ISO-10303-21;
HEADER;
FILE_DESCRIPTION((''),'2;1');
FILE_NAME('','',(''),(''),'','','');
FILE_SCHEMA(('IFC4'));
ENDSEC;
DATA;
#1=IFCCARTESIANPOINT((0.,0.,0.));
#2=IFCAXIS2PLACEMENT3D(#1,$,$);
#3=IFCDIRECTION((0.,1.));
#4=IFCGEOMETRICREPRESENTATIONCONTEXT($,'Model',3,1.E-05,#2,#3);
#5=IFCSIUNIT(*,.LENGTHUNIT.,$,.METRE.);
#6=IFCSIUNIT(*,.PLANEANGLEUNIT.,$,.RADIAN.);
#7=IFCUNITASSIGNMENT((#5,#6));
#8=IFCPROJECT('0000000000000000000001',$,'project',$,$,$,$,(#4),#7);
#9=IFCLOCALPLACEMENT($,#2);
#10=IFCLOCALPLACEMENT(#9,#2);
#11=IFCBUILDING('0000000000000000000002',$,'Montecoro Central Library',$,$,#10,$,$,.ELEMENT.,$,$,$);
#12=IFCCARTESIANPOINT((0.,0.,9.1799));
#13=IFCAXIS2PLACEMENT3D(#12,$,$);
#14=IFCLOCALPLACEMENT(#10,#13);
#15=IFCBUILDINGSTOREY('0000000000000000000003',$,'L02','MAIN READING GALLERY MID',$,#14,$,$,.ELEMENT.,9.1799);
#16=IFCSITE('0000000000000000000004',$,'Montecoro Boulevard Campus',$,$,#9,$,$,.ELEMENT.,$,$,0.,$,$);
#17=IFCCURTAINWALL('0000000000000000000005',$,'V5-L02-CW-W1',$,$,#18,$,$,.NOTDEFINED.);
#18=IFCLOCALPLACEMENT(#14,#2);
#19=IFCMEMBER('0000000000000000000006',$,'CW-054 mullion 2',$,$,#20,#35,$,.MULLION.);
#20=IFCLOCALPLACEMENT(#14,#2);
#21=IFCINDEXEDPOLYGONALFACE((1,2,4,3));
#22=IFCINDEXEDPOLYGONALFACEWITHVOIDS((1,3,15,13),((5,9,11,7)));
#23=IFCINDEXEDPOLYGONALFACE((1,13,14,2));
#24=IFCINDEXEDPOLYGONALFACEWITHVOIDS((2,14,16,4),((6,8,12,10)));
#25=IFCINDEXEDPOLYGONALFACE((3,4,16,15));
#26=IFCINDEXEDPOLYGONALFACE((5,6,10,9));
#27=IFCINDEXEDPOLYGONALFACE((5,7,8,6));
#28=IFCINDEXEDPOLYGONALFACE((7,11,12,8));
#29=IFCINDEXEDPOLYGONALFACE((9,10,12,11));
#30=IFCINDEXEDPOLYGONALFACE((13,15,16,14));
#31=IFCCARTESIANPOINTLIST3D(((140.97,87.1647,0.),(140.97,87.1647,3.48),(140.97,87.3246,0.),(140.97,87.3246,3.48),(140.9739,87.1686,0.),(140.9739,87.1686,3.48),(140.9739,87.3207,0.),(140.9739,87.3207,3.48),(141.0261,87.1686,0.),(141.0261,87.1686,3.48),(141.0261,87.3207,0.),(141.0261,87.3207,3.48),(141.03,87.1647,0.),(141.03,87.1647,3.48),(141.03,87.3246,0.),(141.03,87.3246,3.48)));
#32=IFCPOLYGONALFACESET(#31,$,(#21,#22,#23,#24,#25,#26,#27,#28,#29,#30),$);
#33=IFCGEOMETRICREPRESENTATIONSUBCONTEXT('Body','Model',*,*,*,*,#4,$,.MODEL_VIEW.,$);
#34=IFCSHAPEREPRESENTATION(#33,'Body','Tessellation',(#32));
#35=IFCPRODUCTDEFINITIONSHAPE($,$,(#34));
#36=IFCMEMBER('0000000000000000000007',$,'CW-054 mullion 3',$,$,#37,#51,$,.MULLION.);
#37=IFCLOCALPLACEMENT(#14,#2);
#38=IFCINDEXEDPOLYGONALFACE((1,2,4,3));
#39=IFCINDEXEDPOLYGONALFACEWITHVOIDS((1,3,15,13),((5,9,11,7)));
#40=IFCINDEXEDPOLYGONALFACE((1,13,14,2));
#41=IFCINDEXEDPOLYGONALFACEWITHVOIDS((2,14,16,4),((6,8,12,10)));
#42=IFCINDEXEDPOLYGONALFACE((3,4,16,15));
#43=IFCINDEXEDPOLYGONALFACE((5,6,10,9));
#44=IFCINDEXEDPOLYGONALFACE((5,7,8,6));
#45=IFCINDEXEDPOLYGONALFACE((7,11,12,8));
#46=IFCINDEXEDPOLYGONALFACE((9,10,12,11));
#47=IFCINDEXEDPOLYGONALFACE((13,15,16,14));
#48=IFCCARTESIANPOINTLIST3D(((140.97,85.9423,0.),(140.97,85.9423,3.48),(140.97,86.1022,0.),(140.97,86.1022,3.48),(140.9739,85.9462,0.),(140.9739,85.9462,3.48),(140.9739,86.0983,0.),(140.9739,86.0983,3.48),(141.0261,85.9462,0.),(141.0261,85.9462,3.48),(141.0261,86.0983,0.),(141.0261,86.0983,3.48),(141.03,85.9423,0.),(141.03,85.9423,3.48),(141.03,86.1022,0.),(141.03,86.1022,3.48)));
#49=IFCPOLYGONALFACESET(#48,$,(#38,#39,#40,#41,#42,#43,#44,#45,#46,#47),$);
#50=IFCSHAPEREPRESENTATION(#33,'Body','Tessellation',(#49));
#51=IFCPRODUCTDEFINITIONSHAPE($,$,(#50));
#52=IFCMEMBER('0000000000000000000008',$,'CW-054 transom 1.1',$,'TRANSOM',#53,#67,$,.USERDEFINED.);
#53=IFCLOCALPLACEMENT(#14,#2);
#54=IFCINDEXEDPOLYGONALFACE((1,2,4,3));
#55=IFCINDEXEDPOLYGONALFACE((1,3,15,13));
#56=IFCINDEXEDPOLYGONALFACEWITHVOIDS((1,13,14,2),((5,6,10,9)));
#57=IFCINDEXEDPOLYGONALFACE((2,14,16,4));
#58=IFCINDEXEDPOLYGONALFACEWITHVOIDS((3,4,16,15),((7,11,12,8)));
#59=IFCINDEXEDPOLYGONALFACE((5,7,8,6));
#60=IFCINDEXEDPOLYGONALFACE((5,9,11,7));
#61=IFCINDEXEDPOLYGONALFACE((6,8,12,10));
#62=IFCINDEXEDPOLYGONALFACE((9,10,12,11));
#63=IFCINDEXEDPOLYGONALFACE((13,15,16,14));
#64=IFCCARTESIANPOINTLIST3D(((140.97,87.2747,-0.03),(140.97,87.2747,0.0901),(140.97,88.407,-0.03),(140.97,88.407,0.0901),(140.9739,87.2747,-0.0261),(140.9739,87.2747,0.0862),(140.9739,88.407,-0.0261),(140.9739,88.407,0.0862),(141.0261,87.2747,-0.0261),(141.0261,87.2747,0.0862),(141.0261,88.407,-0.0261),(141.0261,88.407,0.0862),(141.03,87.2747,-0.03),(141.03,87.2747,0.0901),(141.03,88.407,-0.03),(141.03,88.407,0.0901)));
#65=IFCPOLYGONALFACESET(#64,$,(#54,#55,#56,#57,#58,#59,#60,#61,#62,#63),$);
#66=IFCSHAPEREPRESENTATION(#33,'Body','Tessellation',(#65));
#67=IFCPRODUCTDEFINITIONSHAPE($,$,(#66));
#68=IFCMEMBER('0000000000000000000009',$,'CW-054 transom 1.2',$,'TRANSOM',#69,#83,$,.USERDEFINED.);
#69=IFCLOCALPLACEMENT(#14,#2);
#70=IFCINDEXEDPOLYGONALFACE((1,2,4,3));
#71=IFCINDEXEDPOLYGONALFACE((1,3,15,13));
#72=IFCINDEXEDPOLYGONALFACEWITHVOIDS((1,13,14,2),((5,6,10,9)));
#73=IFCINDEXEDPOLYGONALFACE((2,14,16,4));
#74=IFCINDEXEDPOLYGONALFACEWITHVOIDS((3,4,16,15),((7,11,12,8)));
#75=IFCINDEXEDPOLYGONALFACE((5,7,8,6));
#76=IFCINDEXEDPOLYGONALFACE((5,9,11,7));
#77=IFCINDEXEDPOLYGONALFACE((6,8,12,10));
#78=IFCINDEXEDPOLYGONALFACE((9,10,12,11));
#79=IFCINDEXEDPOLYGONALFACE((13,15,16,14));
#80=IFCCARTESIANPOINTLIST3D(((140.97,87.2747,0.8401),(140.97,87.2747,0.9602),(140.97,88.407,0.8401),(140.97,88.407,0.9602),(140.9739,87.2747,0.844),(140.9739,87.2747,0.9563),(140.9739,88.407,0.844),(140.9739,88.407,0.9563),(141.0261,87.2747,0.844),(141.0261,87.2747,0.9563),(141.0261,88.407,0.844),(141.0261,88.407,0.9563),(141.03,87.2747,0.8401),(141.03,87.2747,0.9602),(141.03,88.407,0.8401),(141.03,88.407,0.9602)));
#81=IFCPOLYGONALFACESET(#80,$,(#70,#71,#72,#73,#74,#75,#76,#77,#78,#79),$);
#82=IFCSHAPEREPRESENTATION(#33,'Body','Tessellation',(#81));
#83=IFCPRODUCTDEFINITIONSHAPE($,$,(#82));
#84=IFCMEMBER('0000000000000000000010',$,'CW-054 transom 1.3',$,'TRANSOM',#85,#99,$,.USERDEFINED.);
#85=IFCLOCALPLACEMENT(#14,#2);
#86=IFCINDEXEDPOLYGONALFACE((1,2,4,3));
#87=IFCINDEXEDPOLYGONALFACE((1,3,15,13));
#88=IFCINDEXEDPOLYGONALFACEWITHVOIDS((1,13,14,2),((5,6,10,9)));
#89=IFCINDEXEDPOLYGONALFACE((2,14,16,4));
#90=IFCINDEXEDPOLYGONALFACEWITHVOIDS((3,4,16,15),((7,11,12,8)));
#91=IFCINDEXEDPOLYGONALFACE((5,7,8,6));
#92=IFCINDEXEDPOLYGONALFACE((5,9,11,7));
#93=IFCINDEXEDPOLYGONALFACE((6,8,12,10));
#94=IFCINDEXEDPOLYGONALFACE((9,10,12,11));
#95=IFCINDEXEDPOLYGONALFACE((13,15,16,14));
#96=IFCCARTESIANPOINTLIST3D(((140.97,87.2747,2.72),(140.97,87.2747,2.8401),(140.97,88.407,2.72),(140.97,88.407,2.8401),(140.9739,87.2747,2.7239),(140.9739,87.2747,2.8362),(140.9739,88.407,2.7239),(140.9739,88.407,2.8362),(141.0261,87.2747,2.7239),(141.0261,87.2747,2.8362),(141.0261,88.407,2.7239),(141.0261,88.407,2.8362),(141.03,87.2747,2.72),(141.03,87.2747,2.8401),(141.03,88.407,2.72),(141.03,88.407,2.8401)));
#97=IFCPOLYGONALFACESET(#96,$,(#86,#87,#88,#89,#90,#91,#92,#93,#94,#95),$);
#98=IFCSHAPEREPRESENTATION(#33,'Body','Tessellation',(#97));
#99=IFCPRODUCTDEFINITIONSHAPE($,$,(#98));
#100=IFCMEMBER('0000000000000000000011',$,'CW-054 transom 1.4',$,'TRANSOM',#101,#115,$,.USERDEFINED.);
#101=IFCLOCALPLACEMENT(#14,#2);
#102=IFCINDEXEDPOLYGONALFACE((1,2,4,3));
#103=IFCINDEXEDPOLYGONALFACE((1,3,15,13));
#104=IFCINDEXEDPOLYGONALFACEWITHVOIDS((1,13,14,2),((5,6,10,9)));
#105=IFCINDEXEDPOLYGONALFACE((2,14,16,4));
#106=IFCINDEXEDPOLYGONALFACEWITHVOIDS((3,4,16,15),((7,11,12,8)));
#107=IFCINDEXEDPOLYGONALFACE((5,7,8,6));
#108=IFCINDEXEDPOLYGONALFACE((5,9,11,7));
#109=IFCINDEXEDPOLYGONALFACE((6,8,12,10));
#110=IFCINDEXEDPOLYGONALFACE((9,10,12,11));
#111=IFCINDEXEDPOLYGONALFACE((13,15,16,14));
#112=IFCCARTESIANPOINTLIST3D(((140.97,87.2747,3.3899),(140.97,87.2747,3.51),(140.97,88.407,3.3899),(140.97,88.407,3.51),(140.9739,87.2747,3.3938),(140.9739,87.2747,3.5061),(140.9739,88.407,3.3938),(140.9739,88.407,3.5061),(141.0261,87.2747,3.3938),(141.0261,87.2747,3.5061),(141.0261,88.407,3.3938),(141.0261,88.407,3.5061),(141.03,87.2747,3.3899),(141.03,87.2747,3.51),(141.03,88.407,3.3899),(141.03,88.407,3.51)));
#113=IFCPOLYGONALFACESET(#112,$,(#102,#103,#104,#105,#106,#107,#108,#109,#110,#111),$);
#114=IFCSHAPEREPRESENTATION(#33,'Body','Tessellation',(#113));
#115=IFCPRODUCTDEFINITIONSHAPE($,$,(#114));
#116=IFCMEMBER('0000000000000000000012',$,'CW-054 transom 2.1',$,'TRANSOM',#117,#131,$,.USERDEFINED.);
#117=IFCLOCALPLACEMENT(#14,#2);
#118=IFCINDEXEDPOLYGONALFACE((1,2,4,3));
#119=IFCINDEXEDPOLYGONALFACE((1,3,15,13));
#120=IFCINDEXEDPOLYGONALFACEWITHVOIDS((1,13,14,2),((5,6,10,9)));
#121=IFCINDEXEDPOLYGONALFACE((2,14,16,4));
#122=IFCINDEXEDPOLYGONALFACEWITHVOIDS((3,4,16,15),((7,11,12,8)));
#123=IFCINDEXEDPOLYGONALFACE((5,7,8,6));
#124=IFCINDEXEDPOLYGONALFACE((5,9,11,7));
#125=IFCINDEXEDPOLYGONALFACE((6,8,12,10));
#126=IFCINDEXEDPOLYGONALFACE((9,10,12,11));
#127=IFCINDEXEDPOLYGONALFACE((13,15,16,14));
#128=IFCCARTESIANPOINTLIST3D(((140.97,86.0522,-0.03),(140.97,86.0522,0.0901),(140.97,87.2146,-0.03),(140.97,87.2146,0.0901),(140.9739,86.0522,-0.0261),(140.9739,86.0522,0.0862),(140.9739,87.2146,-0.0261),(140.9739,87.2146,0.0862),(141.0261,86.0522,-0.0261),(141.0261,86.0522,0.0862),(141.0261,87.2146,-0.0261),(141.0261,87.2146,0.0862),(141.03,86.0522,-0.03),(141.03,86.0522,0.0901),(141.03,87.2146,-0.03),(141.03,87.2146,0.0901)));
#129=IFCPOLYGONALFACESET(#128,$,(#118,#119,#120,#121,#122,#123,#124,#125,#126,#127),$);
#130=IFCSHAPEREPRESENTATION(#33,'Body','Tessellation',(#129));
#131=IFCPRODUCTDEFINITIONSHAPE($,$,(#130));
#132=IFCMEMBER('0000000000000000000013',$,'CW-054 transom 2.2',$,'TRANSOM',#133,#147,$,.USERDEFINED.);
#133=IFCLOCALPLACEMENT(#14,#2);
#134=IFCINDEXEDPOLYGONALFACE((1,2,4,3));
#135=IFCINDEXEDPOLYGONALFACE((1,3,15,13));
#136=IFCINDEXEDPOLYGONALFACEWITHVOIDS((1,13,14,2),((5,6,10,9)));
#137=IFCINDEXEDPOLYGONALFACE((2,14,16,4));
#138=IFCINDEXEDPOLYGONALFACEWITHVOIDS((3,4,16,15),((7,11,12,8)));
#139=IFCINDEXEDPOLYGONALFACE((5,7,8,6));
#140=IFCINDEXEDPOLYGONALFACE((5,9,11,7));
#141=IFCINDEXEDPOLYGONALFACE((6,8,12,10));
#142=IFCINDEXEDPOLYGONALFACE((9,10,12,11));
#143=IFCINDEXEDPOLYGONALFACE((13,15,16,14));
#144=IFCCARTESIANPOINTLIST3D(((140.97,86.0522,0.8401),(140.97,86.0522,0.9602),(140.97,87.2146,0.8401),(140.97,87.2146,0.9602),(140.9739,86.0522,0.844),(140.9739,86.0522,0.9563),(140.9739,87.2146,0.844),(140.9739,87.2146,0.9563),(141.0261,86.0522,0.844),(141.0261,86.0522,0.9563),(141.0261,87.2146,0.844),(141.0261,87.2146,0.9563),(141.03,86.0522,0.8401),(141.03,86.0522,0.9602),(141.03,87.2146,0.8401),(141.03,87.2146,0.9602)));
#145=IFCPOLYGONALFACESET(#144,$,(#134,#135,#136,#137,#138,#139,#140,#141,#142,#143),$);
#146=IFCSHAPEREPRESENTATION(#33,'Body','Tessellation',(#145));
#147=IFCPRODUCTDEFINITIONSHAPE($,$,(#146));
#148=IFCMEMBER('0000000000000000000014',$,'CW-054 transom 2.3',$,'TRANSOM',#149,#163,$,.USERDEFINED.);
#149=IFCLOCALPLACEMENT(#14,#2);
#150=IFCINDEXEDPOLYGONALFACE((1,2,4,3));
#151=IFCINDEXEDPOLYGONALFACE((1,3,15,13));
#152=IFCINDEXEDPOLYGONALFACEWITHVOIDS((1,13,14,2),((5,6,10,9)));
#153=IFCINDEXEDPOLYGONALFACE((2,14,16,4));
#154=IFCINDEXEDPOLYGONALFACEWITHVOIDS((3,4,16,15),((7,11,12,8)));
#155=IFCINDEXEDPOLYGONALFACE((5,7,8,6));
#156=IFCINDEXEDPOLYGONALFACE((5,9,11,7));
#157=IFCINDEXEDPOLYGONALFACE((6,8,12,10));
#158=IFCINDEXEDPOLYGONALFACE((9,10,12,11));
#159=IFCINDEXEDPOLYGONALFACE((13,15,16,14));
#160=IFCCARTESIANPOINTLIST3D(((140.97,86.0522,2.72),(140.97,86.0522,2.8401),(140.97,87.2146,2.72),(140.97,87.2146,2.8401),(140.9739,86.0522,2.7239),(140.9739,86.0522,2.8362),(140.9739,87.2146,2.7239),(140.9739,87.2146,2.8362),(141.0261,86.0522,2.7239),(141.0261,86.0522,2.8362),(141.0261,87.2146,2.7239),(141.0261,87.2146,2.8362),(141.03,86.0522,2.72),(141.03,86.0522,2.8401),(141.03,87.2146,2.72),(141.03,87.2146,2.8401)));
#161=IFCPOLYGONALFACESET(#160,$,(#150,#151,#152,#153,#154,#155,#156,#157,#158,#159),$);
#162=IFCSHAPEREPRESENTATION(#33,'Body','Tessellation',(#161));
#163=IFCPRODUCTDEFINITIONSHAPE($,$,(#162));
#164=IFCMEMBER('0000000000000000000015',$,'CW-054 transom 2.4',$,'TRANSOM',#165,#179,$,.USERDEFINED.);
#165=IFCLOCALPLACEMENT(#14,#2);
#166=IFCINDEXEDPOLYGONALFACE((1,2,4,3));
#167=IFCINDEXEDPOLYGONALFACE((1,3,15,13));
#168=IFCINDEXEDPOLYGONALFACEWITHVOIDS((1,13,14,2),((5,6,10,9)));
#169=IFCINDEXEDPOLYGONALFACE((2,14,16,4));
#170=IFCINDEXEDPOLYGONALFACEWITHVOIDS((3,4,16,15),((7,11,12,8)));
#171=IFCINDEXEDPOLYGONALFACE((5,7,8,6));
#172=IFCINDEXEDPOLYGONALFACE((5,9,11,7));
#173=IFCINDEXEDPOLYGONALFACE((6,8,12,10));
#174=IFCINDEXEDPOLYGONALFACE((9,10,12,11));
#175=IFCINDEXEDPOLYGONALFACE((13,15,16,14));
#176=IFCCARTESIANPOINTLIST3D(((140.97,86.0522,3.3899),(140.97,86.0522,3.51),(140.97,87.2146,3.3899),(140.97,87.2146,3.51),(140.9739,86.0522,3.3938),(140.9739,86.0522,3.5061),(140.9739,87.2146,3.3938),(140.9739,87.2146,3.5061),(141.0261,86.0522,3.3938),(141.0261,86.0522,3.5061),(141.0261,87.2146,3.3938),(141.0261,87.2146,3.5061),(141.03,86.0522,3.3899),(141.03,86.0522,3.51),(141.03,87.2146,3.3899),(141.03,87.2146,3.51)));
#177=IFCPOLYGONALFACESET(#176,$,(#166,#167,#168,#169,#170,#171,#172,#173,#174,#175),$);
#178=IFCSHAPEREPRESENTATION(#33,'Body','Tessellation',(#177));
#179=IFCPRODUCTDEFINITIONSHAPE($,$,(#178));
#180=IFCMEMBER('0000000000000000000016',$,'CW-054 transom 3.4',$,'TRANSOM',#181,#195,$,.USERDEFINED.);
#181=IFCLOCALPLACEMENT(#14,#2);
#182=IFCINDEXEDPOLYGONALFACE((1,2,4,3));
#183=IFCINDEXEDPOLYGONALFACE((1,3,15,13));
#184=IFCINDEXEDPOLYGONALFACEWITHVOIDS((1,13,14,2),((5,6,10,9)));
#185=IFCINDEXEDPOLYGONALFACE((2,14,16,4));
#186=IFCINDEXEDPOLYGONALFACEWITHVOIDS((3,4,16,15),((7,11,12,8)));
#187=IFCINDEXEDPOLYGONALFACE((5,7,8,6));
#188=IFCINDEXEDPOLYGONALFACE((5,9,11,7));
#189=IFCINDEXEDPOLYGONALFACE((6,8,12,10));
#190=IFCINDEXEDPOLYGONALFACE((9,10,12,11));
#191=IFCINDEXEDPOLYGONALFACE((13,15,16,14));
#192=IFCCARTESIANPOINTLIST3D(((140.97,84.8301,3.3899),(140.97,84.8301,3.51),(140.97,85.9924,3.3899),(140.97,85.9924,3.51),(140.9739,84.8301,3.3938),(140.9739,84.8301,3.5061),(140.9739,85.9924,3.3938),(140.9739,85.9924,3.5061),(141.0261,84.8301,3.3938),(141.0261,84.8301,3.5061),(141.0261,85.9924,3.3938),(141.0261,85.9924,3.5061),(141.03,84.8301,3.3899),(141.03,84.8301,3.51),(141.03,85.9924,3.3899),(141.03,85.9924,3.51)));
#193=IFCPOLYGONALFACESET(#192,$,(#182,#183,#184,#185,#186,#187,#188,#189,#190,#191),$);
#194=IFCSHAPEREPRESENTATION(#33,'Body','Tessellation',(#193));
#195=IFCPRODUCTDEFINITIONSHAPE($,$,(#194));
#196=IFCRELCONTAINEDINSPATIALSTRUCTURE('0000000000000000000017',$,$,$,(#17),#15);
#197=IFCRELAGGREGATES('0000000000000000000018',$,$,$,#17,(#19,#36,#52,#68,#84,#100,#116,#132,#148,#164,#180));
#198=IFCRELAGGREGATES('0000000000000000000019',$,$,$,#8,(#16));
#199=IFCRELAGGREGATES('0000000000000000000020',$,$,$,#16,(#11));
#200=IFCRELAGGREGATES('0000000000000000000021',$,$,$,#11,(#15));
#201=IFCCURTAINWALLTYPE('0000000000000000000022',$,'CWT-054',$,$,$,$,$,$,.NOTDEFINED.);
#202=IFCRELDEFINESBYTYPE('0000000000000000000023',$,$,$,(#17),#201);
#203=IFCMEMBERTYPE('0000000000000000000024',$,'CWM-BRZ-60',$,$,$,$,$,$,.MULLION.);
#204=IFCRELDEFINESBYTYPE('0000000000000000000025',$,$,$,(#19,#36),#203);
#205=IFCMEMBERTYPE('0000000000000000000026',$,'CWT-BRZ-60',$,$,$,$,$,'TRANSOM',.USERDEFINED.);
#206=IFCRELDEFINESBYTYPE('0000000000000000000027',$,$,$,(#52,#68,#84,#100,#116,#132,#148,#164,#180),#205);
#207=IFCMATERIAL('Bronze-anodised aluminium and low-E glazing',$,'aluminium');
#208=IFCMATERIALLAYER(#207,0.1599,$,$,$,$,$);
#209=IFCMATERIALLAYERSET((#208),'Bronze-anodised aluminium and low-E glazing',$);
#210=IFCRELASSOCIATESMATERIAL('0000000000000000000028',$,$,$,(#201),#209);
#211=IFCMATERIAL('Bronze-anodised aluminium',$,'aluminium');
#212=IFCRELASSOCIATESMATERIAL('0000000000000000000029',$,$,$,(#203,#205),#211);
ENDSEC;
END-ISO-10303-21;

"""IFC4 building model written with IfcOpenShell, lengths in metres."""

from ifc_helpers import new_model, si_unit, direction, frame, origin, origin_2d, place, context, subcontext, project, spatial, hollow_rectangle, extrude, material, layer, layer_set, material_profile, profile_set, type_object, element, aggregate, save


model = new_model("IFC4")

# Units and contexts
model_context = context("Model", 3, precision=1e-05, world=origin(), true_north=direction((0.0, 1.0)))
body_context = subcontext(model_context, "Body", "Model", "MODEL_VIEW")
ifc_project = project(units=[si_unit("LENGTHUNIT", "METRE"), si_unit("PLANEANGLEUNIT", "RADIAN")], contexts=[model_context])

# Site, building, storey
site_placement = place(None, origin())
site = spatial("IfcSite", under=ifc_project, at=site_placement, Name="Montecoro Boulevard Campus", CompositionType="ELEMENT", RefElevation=0.0)
building_placement = place(site_placement, origin())
building = spatial("IfcBuilding", under=site, at=building_placement, Name="Montecoro Central Library", CompositionType="ELEMENT")
storey_placement = place(building_placement, frame((0.0, 0.0, 9.1799)))
storey = spatial("IfcBuildingStorey", under=building, at=storey_placement, Name="L02", Description="MAIN READING GALLERY MID", CompositionType="ELEMENT", Elevation=9.1799)

# Curtain wall, members
ifc_material_1 = material(Name="Bronze-anodised aluminium and low-E glazing", Category="aluminium")
ifc_layer_1 = layer(ifc_material_1, 0.1599)
ifc_layer_set_1 = layer_set([ifc_layer_1], Name="Bronze-anodised aluminium and low-E glazing")
curtain_wall_type = type_object("IfcCurtainWallType", Name="CWT-054", PredefinedType="NOTDEFINED", material=ifc_layer_set_1)
curtain_wall_placement = place(storey_placement, origin())
curtain_wall = element("IfcCurtainWall", 1, at=curtain_wall_placement, inside=storey, type_object=curtain_wall_type, Name="V5-L02-CW-W1", PredefinedType="NOTDEFINED")
ifc_material_2 = material(Name="Bronze-anodised aluminium", Category="aluminium")
ifc_material_profile_1 = material_profile(ifc_material_2, hollow_rectangle(XDim=0.0601, YDim=0.1599, WallThickness=0.0039, at=origin_2d()), Name="CWM 160x60x4.0")
ifc_profile_set_1 = profile_set([ifc_material_profile_1], Name="Bronze-anodised aluminium")
member_type_1 = type_object("IfcMemberType", Name="CWM-BRZ-60", PredefinedType="MULLION", material=ifc_profile_set_1)
member_1_placement = place(storey_placement, frame((141.0, 87.2446, 0.0), z_axis=(0.0, 0.0, 1.0), x_axis=(1.0, 0.0, 0.0)))
member_1 = element("IfcMember", 2, at=member_1_placement, type_object=member_type_1, Name="CW-054 mullion 2", PredefinedType="MULLION", context=body_context, shape_type="SweptSolid", body=[
    extrude(hollow_rectangle(XDim=0.0601, YDim=0.1599, WallThickness=0.0039, at=origin_2d()), origin(), (0.0, 0.0, 1.0), 3.48),
])
member_2_placement = place(storey_placement, frame((141.0, 86.0222, 0.0), z_axis=(0.0, 0.0, 1.0), x_axis=(1.0, 0.0, 0.0)))
member_2 = element("IfcMember", 3, at=member_2_placement, type_object=member_type_1, Name="CW-054 mullion 3", PredefinedType="MULLION", context=body_context, shape_type="SweptSolid", body=[
    extrude(hollow_rectangle(XDim=0.0601, YDim=0.1599, WallThickness=0.0039, at=origin_2d()), origin(), (0.0, 0.0, 1.0), 3.48),
])
ifc_material_profile_2 = material_profile(ifc_material_2, hollow_rectangle(XDim=0.0601, YDim=0.1201, WallThickness=0.0039, at=origin_2d()), Name="CWT 120x60x4.0")
ifc_profile_set_2 = profile_set([ifc_material_profile_2], Name="Bronze-anodised aluminium")
member_type_2 = type_object("IfcMemberType", Name="CWT-BRZ-60", ElementType="TRANSOM", PredefinedType="USERDEFINED", material=ifc_profile_set_2)
member_3_placement = place(storey_placement, frame((141.0, 88.407, 0.03), z_axis=(0.0, -1.0, 0.0), x_axis=(1.0, 0.0, 0.0)))
member_3 = element("IfcMember", 4, at=member_3_placement, type_object=member_type_2, Name="CW-054 transom 1.1", ObjectType="TRANSOM", PredefinedType="USERDEFINED", context=body_context, shape_type="SweptSolid", body=[
    extrude(hollow_rectangle(XDim=0.0601, YDim=0.1201, WallThickness=0.0039, at=origin_2d()), origin(), (0.0, 0.0, 1.0), 1.1323),
])
member_4_placement = place(storey_placement, frame((141.0, 88.407, 0.9001), z_axis=(0.0, -1.0, 0.0), x_axis=(1.0, 0.0, 0.0)))
member_4 = element("IfcMember", 5, at=member_4_placement, type_object=member_type_2, Name="CW-054 transom 1.2", ObjectType="TRANSOM", PredefinedType="USERDEFINED", context=body_context, shape_type="SweptSolid", body=[
    extrude(hollow_rectangle(XDim=0.0601, YDim=0.1201, WallThickness=0.0039, at=origin_2d()), origin(), (0.0, 0.0, 1.0), 1.1323),
])
member_5_placement = place(storey_placement, frame((141.0, 88.407, 2.78), z_axis=(0.0, -1.0, 0.0), x_axis=(1.0, 0.0, 0.0)))
member_5 = element("IfcMember", 6, at=member_5_placement, type_object=member_type_2, Name="CW-054 transom 1.3", ObjectType="TRANSOM", PredefinedType="USERDEFINED", context=body_context, shape_type="SweptSolid", body=[
    extrude(hollow_rectangle(XDim=0.0601, YDim=0.1201, WallThickness=0.0039, at=origin_2d()), origin(), (0.0, 0.0, 1.0), 1.1323),
])
member_6_placement = place(storey_placement, frame((141.0, 88.407, 3.45), z_axis=(0.0, -1.0, 0.0), x_axis=(1.0, 0.0, 0.0)))
member_6 = element("IfcMember", 7, at=member_6_placement, type_object=member_type_2, Name="CW-054 transom 1.4", ObjectType="TRANSOM", PredefinedType="USERDEFINED", context=body_context, shape_type="SweptSolid", body=[
    extrude(hollow_rectangle(XDim=0.0601, YDim=0.1201, WallThickness=0.0039, at=origin_2d()), origin(), (0.0, 0.0, 1.0), 1.1323),
])
member_7_placement = place(storey_placement, frame((141.0, 87.2146, 0.03), z_axis=(0.0, -1.0, 0.0), x_axis=(1.0, 0.0, 0.0)))
member_7 = element("IfcMember", 8, at=member_7_placement, type_object=member_type_2, Name="CW-054 transom 2.1", ObjectType="TRANSOM", PredefinedType="USERDEFINED", context=body_context, shape_type="SweptSolid", body=[
    extrude(hollow_rectangle(XDim=0.0601, YDim=0.1201, WallThickness=0.0039, at=origin_2d()), origin(), (0.0, 0.0, 1.0), 1.1624),
])
member_8_placement = place(storey_placement, frame((141.0, 87.2146, 0.9001), z_axis=(0.0, -1.0, 0.0), x_axis=(1.0, 0.0, 0.0)))
member_8 = element("IfcMember", 9, at=member_8_placement, type_object=member_type_2, Name="CW-054 transom 2.2", ObjectType="TRANSOM", PredefinedType="USERDEFINED", context=body_context, shape_type="SweptSolid", body=[
    extrude(hollow_rectangle(XDim=0.0601, YDim=0.1201, WallThickness=0.0039, at=origin_2d()), origin(), (0.0, 0.0, 1.0), 1.1624),
])
member_9_placement = place(storey_placement, frame((141.0, 87.2146, 2.78), z_axis=(0.0, -1.0, 0.0), x_axis=(1.0, 0.0, 0.0)))
member_9 = element("IfcMember", 10, at=member_9_placement, type_object=member_type_2, Name="CW-054 transom 2.3", ObjectType="TRANSOM", PredefinedType="USERDEFINED", context=body_context, shape_type="SweptSolid", body=[
    extrude(hollow_rectangle(XDim=0.0601, YDim=0.1201, WallThickness=0.0039, at=origin_2d()), origin(), (0.0, 0.0, 1.0), 1.1624),
])
member_10_placement = place(storey_placement, frame((141.0, 87.2146, 3.45), z_axis=(0.0, -1.0, 0.0), x_axis=(1.0, 0.0, 0.0)))
member_10 = element("IfcMember", 11, at=member_10_placement, type_object=member_type_2, Name="CW-054 transom 2.4", ObjectType="TRANSOM", PredefinedType="USERDEFINED", context=body_context, shape_type="SweptSolid", body=[
    extrude(hollow_rectangle(XDim=0.0601, YDim=0.1201, WallThickness=0.0039, at=origin_2d()), origin(), (0.0, 0.0, 1.0), 1.1624),
])
member_11_placement = place(storey_placement, frame((141.0, 85.9924, 3.45), z_axis=(0.0, -1.0, 0.0), x_axis=(1.0, 0.0, 0.0)))
member_11 = element("IfcMember", 12, at=member_11_placement, type_object=member_type_2, Name="CW-054 transom 3.4", ObjectType="TRANSOM", PredefinedType="USERDEFINED", context=body_context, shape_type="SweptSolid", body=[
    extrude(hollow_rectangle(XDim=0.0601, YDim=0.1201, WallThickness=0.0039, at=origin_2d()), origin(), (0.0, 0.0, 1.0), 1.1624),
])
aggregate(curtain_wall, [member_1, member_2, member_3, member_4, member_5, member_6, member_7, member_8, member_9, member_10, member_11])

save(model, "model.ifc")
